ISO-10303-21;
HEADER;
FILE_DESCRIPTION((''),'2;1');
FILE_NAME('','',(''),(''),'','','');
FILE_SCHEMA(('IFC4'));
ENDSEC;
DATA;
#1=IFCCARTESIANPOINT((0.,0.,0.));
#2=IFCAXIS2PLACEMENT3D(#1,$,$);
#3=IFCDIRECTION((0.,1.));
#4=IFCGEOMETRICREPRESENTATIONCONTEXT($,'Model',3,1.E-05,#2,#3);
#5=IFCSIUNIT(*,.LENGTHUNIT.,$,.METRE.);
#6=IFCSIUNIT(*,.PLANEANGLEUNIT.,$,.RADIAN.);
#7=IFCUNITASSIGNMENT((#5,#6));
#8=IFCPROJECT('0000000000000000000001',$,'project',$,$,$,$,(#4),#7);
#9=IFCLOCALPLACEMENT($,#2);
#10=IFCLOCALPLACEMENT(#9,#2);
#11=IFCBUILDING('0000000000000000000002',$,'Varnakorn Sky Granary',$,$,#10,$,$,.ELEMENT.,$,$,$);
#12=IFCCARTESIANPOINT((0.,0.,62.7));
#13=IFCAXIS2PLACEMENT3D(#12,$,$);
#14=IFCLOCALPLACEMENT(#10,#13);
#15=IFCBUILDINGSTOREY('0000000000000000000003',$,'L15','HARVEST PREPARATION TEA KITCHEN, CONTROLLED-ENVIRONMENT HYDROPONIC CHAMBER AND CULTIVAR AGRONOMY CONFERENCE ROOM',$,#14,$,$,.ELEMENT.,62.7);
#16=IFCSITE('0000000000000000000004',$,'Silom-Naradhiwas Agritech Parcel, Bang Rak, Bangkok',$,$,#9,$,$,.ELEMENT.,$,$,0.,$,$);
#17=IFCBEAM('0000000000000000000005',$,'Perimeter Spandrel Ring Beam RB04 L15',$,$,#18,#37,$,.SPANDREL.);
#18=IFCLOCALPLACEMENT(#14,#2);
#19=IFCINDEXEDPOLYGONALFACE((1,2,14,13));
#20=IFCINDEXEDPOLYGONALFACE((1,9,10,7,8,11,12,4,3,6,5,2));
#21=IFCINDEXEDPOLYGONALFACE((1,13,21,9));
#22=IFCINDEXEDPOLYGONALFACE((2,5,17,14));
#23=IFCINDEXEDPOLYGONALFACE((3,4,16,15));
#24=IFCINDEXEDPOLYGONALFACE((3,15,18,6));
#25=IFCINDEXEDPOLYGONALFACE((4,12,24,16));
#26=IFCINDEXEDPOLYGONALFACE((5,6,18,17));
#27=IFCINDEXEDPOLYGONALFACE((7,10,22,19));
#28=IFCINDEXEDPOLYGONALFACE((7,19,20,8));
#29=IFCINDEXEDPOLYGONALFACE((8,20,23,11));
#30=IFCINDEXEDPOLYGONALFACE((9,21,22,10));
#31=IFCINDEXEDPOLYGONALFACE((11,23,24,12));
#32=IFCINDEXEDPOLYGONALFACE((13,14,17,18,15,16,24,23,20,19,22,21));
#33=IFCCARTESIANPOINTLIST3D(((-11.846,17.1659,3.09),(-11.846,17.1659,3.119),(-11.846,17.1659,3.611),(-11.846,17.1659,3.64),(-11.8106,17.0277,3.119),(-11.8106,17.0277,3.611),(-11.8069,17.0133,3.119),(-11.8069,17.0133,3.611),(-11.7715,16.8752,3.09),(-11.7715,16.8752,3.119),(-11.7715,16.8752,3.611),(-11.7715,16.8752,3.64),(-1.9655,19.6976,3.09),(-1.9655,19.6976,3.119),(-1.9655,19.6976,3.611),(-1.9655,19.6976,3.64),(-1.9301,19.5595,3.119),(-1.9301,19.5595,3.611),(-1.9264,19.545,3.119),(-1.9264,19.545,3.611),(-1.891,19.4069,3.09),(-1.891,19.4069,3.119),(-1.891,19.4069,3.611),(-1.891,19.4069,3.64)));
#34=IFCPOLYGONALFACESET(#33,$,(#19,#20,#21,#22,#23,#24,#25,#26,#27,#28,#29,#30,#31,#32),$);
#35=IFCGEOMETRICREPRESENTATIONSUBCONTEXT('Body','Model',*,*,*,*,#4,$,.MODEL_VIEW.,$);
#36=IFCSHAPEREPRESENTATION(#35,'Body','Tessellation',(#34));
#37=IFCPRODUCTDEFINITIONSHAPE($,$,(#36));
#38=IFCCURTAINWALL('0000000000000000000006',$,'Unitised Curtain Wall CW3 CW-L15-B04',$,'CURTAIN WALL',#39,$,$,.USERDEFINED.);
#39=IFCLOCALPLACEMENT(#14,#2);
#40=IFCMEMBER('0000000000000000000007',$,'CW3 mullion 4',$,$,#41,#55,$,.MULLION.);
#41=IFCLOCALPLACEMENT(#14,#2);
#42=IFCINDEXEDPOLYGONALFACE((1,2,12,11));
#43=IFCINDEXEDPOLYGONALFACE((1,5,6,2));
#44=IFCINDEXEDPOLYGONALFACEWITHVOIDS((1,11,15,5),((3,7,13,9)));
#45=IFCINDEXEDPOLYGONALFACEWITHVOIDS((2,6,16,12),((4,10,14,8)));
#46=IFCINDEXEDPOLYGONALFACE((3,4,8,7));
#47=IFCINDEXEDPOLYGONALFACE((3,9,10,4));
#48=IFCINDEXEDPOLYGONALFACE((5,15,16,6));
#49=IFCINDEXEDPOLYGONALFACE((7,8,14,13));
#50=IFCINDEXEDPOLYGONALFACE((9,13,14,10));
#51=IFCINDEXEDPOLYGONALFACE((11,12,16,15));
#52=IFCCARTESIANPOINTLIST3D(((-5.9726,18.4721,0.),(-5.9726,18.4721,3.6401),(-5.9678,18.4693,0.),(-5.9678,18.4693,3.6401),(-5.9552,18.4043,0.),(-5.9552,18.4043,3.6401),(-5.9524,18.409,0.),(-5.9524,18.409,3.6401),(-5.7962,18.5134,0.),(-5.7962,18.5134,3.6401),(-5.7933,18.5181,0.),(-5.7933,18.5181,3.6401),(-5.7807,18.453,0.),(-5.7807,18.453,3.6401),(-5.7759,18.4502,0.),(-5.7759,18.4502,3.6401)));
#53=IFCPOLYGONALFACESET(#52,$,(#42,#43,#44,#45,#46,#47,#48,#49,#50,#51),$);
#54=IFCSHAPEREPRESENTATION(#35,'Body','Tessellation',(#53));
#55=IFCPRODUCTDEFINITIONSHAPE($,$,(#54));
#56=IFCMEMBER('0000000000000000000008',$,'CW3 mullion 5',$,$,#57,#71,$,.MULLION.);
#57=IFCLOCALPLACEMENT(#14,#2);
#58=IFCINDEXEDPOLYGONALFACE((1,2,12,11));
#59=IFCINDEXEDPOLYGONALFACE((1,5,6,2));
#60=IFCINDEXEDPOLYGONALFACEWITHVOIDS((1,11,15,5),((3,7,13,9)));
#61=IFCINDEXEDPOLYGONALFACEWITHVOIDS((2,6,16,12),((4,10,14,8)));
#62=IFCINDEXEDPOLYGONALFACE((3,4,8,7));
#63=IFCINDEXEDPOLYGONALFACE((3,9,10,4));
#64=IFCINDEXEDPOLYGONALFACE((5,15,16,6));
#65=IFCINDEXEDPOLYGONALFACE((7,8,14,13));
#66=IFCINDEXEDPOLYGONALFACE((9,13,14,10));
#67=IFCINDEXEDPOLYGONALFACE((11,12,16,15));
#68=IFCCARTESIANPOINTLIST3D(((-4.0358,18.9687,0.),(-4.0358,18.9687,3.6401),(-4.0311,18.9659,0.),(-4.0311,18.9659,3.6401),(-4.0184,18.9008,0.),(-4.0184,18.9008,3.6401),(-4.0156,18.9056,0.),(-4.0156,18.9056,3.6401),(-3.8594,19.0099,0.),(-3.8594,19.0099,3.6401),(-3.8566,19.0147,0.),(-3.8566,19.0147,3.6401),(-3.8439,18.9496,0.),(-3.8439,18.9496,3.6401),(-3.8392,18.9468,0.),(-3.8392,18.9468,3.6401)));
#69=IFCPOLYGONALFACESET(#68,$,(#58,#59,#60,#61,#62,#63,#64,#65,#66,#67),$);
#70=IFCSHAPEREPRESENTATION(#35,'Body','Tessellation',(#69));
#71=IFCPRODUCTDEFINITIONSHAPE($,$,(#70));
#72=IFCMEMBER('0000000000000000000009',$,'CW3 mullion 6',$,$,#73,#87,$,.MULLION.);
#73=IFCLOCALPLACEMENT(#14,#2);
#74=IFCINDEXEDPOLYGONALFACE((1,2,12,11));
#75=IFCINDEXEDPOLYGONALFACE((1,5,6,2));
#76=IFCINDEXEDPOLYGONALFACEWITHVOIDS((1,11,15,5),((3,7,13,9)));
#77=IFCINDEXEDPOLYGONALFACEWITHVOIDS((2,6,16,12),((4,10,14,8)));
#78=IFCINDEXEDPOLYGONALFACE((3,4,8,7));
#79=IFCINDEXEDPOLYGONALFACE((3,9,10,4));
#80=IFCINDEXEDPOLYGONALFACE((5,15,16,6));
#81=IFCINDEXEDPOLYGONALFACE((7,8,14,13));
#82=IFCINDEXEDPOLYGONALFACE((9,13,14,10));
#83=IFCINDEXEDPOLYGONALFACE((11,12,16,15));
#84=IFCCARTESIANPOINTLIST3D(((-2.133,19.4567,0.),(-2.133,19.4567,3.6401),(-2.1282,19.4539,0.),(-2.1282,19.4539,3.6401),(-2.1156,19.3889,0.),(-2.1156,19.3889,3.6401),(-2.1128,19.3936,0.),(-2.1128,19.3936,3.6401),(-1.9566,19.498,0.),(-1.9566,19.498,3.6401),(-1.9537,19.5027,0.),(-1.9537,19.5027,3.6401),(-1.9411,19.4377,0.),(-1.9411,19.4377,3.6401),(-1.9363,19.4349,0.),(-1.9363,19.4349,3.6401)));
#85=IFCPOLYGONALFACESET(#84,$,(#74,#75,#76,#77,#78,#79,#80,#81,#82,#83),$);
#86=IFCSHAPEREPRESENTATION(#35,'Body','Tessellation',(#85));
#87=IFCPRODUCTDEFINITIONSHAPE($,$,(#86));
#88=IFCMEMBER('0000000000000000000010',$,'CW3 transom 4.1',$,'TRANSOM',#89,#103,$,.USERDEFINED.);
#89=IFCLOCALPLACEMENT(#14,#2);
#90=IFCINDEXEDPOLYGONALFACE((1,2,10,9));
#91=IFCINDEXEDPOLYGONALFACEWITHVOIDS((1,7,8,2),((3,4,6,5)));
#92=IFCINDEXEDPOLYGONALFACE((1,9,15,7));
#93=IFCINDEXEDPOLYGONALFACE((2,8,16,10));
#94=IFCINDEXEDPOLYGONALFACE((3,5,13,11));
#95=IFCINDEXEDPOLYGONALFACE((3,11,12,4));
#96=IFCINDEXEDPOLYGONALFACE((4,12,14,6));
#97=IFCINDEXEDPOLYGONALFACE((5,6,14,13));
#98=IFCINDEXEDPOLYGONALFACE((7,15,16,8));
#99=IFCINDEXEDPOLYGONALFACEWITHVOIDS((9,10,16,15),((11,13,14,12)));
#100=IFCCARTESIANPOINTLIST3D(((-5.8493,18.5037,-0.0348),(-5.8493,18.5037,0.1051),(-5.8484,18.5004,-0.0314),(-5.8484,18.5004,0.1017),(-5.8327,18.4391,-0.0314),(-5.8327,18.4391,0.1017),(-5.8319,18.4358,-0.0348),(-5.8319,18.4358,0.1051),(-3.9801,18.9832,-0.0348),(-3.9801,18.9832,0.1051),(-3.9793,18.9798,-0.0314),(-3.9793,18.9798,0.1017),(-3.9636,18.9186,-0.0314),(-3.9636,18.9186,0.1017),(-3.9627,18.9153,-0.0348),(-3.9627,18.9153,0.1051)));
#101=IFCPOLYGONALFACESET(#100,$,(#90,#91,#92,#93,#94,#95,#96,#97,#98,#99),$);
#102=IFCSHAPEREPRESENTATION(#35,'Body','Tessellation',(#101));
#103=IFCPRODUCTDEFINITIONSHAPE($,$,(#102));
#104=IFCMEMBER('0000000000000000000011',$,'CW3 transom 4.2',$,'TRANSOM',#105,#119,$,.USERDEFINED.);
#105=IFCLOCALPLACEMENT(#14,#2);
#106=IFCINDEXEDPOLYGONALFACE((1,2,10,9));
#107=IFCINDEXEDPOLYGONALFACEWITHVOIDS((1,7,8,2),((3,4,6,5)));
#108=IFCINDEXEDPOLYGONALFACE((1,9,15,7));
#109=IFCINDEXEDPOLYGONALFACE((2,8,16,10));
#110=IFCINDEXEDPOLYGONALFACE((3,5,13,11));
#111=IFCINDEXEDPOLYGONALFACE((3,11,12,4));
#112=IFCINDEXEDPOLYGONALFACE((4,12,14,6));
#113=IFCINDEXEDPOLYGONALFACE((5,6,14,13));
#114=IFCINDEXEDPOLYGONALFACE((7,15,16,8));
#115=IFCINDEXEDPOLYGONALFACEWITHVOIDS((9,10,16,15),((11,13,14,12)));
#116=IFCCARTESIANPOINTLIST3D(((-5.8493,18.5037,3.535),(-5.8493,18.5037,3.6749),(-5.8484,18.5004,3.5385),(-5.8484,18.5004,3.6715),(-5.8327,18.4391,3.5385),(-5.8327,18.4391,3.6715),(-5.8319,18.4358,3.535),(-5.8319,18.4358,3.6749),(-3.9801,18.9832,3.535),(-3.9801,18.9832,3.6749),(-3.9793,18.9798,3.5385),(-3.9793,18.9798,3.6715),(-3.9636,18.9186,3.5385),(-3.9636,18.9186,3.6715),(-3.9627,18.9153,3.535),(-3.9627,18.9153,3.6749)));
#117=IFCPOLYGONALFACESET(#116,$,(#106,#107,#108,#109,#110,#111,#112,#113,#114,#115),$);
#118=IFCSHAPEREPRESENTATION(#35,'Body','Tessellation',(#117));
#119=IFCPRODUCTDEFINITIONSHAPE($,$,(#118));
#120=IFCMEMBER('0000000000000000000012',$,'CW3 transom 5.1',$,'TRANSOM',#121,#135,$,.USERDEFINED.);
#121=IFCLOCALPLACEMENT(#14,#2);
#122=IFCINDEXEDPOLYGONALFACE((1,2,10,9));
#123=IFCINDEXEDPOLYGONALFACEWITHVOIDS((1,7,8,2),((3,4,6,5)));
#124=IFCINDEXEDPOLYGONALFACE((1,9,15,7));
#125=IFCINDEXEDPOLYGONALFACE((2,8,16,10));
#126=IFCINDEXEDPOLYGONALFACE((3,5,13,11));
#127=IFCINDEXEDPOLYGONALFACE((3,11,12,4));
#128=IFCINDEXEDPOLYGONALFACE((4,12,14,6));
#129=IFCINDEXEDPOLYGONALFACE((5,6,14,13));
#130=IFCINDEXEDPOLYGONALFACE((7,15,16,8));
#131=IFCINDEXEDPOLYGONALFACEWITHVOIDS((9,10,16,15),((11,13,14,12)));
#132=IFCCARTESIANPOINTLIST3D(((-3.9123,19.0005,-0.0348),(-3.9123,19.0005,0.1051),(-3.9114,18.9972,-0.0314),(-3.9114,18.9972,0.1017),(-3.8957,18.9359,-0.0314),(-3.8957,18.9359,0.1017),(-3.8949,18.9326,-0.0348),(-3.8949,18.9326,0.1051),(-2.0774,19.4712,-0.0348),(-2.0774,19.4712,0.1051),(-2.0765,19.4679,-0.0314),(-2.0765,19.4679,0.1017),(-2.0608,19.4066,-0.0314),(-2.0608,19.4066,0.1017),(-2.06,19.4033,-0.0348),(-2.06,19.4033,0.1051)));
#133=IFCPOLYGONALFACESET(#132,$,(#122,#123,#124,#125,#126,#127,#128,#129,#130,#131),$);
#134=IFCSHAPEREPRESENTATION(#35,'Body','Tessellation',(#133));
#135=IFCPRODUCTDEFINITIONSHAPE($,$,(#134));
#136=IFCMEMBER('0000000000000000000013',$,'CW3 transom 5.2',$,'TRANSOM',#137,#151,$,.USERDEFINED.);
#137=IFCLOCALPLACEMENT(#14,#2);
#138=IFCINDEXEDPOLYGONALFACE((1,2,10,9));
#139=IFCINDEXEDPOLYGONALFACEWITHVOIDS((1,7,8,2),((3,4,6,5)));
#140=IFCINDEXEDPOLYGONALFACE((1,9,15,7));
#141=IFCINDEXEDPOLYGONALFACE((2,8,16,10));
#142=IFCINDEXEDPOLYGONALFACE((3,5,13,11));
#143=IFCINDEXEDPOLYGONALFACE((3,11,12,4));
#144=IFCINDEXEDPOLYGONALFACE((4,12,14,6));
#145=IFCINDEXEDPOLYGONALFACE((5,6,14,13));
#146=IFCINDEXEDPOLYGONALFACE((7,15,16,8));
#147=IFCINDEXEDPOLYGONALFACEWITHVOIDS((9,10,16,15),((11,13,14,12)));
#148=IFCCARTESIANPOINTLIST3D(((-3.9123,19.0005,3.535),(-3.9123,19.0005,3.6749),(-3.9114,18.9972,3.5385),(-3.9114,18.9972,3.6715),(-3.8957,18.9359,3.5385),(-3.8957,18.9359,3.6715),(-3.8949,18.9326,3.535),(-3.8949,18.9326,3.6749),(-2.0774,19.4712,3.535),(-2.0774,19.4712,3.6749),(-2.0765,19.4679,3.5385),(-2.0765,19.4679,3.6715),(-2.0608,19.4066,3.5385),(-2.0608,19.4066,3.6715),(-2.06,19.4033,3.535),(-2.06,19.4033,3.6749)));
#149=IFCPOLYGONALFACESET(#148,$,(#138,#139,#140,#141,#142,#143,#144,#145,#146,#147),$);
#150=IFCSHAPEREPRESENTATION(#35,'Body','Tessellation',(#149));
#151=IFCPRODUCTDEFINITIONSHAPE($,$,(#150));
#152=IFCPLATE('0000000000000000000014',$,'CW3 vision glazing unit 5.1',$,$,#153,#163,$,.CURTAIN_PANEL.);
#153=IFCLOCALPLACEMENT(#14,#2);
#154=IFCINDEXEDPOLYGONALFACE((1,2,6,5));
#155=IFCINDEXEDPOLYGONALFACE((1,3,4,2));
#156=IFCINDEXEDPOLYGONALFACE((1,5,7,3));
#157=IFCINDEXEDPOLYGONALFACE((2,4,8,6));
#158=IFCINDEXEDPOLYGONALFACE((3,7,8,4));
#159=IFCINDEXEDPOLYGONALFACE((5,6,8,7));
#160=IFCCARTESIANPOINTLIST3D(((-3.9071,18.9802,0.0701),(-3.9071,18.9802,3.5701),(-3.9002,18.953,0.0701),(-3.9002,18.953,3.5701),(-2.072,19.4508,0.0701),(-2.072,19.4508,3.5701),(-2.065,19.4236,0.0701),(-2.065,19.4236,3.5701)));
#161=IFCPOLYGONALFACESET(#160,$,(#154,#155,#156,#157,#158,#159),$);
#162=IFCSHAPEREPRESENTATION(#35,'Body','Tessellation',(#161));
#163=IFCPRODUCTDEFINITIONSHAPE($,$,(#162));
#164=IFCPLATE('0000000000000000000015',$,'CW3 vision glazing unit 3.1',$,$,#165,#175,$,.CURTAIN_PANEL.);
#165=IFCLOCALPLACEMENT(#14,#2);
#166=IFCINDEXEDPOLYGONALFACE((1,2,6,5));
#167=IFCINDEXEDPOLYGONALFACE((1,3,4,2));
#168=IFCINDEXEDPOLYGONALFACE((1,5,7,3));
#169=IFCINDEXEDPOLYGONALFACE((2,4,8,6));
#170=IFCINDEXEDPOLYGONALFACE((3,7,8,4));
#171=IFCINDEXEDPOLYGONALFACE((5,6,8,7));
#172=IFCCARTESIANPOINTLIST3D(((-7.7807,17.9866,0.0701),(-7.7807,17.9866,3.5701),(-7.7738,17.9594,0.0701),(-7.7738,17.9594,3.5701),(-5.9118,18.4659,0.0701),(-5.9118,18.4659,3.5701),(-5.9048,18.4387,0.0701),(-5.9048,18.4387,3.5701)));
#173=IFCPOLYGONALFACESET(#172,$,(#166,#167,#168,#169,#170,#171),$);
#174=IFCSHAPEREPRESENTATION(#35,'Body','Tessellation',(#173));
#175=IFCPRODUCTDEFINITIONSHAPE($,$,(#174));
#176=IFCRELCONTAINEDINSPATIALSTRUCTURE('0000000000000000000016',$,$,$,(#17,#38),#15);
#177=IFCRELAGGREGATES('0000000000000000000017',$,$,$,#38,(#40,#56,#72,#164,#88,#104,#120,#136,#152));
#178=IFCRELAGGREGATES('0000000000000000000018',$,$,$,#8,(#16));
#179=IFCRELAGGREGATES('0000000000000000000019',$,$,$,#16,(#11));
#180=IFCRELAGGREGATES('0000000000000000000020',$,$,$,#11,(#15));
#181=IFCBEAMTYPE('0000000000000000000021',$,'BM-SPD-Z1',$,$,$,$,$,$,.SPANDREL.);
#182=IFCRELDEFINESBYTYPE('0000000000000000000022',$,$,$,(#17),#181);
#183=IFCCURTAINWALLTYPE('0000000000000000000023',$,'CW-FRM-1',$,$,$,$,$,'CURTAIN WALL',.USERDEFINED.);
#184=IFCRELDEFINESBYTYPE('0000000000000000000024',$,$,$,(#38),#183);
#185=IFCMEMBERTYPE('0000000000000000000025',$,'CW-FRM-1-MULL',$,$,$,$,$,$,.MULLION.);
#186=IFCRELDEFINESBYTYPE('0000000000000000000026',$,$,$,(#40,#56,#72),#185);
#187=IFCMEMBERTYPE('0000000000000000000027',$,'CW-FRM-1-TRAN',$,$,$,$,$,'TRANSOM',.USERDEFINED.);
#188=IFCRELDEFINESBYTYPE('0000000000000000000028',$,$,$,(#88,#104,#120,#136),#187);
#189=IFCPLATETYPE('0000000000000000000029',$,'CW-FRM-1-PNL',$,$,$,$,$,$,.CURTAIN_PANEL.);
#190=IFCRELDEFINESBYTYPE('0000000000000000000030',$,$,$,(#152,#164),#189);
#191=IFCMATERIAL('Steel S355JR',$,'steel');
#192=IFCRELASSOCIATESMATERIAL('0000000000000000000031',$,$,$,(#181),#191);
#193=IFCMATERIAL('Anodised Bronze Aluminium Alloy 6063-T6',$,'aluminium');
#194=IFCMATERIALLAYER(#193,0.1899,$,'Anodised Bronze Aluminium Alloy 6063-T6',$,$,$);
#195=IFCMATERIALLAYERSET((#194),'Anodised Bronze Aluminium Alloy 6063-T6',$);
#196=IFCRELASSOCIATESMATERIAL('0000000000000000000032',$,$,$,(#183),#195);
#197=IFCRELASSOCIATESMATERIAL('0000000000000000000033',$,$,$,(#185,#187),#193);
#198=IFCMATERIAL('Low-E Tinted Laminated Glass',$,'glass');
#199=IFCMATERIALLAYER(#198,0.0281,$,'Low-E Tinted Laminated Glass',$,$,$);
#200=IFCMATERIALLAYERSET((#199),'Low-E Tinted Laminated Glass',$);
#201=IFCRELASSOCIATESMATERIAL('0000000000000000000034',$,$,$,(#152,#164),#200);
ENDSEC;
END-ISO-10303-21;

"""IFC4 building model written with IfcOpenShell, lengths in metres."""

from ifc_helpers import new_model, si_unit, direction, frame, origin, origin_2d, place, context, subcontext, project, spatial, rectangle, hollow_rectangle, i_section, extrude, source, transform, mapped, material, layer, layer_set, material_profile, profile_set, type_object, type_shapes, element, aggregate, save


model = new_model("IFC4")

# Units and contexts
model_context = context("Model", 3, precision=1e-05, world=origin(), true_north=direction((0.0, 1.0)))
body_context = subcontext(model_context, "Body", "Model", "MODEL_VIEW")
ifc_project = project(units=[si_unit("LENGTHUNIT", "METRE"), si_unit("PLANEANGLEUNIT", "RADIAN")], contexts=[model_context])

# Site, building, storey
site_placement = place(None, origin())
site = spatial("IfcSite", under=ifc_project, at=site_placement, Name="Silom-Naradhiwas Agritech Parcel, Bang Rak, Bangkok", CompositionType="ELEMENT", RefElevation=0.0)
building_placement = place(site_placement, origin())
building = spatial("IfcBuilding", under=site, at=building_placement, Name="Varnakorn Sky Granary", CompositionType="ELEMENT")
storey_placement = place(building_placement, frame((0.0, 0.0, 62.7)))
storey = spatial("IfcBuildingStorey", under=building, at=storey_placement, Name="L15", Description="HARVEST PREPARATION TEA KITCHEN, CONTROLLED-ENVIRONMENT HYDROPONIC CHAMBER AND CULTIVAR AGRONOMY CONFERENCE ROOM", CompositionType="ELEMENT", Elevation=62.7)

# Beam
ifc_material_1 = material(Name="Steel S355JR", Category="steel")
ifc_material_profile_1 = material_profile(ifc_material_1, i_section(OverallWidth=0.3, OverallDepth=0.55, WebThickness=0.0149, FlangeThickness=0.0291, at=origin_2d()), Name="HE 550 B")
ifc_profile_set_1 = profile_set([ifc_material_profile_1], Name="Steel S355JR")
beam_type_1 = type_object("IfcBeamType", Name="BM-SPD-Z1", PredefinedType="SPANDREL", material=ifc_profile_set_1)
beam_1_placement = place(storey_placement, frame((-1.9282, 19.5522, 3.365), z_axis=(-0.968705, -0.248214, 0.0), x_axis=(0.248214, -0.968705, 0.0)))
element("IfcBeam", 1, at=beam_1_placement, inside=storey, type_object=beam_type_1, Name="Perimeter Spandrel Ring Beam RB04 L15", PredefinedType="SPANDREL", context=body_context, shape_type="SweptSolid", body=[
    extrude(i_section(OverallWidth=0.3, OverallDepth=0.55, WebThickness=0.0149, FlangeThickness=0.0291, at=origin_2d()), origin(), (0.0, 0.0, 1.0), 10.1997),
])

# Curtain wall, members, plates
ifc_material_2 = material(Name="Anodised Bronze Aluminium Alloy 6063-T6", Category="aluminium")
ifc_layer_1 = layer(ifc_material_2, 0.1899, Name="Anodised Bronze Aluminium Alloy 6063-T6")
ifc_layer_set_1 = layer_set([ifc_layer_1], Name="Anodised Bronze Aluminium Alloy 6063-T6")
curtain_wall_type = type_object("IfcCurtainWallType", Name="CW-FRM-1", ElementType="CURTAIN WALL", PredefinedType="USERDEFINED", material=ifc_layer_set_1)
curtain_wall_placement = place(storey_placement, origin())
curtain_wall = element("IfcCurtainWall", 2, at=curtain_wall_placement, inside=storey, type_object=curtain_wall_type, Name="Unitised Curtain Wall CW3 CW-L15-B04", ObjectType="CURTAIN WALL", PredefinedType="USERDEFINED")
ifc_material_profile_2 = material_profile(ifc_material_2, hollow_rectangle(XDim=0.0701, YDim=0.1851, WallThickness=0.0039, at=origin_2d()), Name="ALU MULL 70x185")
ifc_profile_set_2 = profile_set([ifc_material_profile_2], Name="Anodised Bronze Aluminium Alloy 6063-T6")
member_type_1 = type_object("IfcMemberType", Name="CW-FRM-1-MULL", PredefinedType="MULLION", material=ifc_profile_set_2)
member_1_placement = place(storey_placement, frame((-5.8743, 18.4612, 0.0), z_axis=(0.0, 0.0, 1.0), x_axis=(-0.248436, 0.968648, 0.0)))
member_1 = element("IfcMember", 3, at=member_1_placement, type_object=member_type_1, Name="CW3 mullion 4", PredefinedType="MULLION", context=body_context, shape_type="SweptSolid", body=[
    extrude(hollow_rectangle(XDim=0.0701, YDim=0.1851, WallThickness=0.0039, at=origin_2d()), origin(), (0.0, 0.0, 1.0), 3.6401),
])
member_2_placement = place(storey_placement, frame((-3.9375, 18.9578, 0.0), z_axis=(0.0, 0.0, 1.0), x_axis=(-0.248436, 0.968648, 0.0)))
member_2 = element("IfcMember", 4, at=member_2_placement, type_object=member_type_1, Name="CW3 mullion 5", PredefinedType="MULLION", context=body_context, shape_type="SweptSolid", body=[
    extrude(hollow_rectangle(XDim=0.0701, YDim=0.1851, WallThickness=0.0039, at=origin_2d()), origin(), (0.0, 0.0, 1.0), 3.6401),
])
member_3_placement = place(storey_placement, frame((-2.0347, 19.4458, 0.0), z_axis=(0.0, 0.0, 1.0), x_axis=(-0.248436, 0.968648, 0.0)))
member_3 = element("IfcMember", 5, at=member_3_placement, type_object=member_type_1, Name="CW3 mullion 6", PredefinedType="MULLION", context=body_context, shape_type="SweptSolid", body=[
    extrude(hollow_rectangle(XDim=0.0701, YDim=0.1851, WallThickness=0.0039, at=origin_2d()), origin(), (0.0, 0.0, 1.0), 3.6401),
])
ifc_material_profile_3 = material_profile(ifc_material_2, hollow_rectangle(XDim=0.0701, YDim=0.1399, WallThickness=0.0034, at=origin_2d()), Name="ALU TRAN 70x140")
ifc_profile_set_3 = profile_set([ifc_material_profile_3], Name="Anodised Bronze Aluminium Alloy 6063-T6")
member_type_2 = type_object("IfcMemberType", Name="CW-FRM-1-TRAN", ElementType="TRANSOM", PredefinedType="USERDEFINED", material=ifc_profile_set_3)
member_4_placement = place(storey_placement, frame((-5.8406, 18.4697, 0.0352), z_axis=(0.968636, 0.248485, 0.0), x_axis=(-0.248485, 0.968636, 0.0)))
member_4 = element("IfcMember", 6, at=member_4_placement, type_object=member_type_2, Name="CW3 transom 4.1", ObjectType="TRANSOM", PredefinedType="USERDEFINED", context=body_context, shape_type="SweptSolid", body=[
    extrude(hollow_rectangle(XDim=0.0701, YDim=0.1399, WallThickness=0.0034, at=origin_2d()), origin(), (0.0, 0.0, 1.0), 1.9297),
])
member_5_placement = place(storey_placement, frame((-5.8406, 18.4697, 3.605), z_axis=(0.968636, 0.248485, 0.0), x_axis=(-0.248485, 0.968636, 0.0)))
member_5 = element("IfcMember", 7, at=member_5_placement, type_object=member_type_2, Name="CW3 transom 4.2", ObjectType="TRANSOM", PredefinedType="USERDEFINED", context=body_context, shape_type="SweptSolid", body=[
    extrude(hollow_rectangle(XDim=0.0701, YDim=0.1399, WallThickness=0.0034, at=origin_2d()), origin(), (0.0, 0.0, 1.0), 1.9297),
])
member_6_placement = place(storey_placement, frame((-3.9036, 18.9666, 0.0352), z_axis=(0.968638, 0.248475, 0.0), x_axis=(-0.248475, 0.968638, 0.0)))
member_6 = element("IfcMember", 8, at=member_6_placement, type_object=member_type_2, Name="CW3 transom 5.1", ObjectType="TRANSOM", PredefinedType="USERDEFINED", context=body_context, shape_type="SweptSolid", body=[
    extrude(hollow_rectangle(XDim=0.0701, YDim=0.1399, WallThickness=0.0034, at=origin_2d()), origin(), (0.0, 0.0, 1.0), 1.8943),
])
member_7_placement = place(storey_placement, frame((-3.9036, 18.9666, 3.605), z_axis=(0.968638, 0.248475, 0.0), x_axis=(-0.248475, 0.968638, 0.0)))
member_7 = element("IfcMember", 9, at=member_7_placement, type_object=member_type_2, Name="CW3 transom 5.2", ObjectType="TRANSOM", PredefinedType="USERDEFINED", context=body_context, shape_type="SweptSolid", body=[
    extrude(hollow_rectangle(XDim=0.0701, YDim=0.1399, WallThickness=0.0034, at=origin_2d()), origin(), (0.0, 0.0, 1.0), 1.8943),
])
ifc_material_3 = material(Name="Low-E Tinted Laminated Glass", Category="glass")
ifc_layer_2 = layer(ifc_material_3, 0.0281, Name="Low-E Tinted Laminated Glass")
ifc_layer_set_2 = layer_set([ifc_layer_2], Name="Low-E Tinted Laminated Glass")
plate_type = type_object("IfcPlateType", Name="CW-FRM-1-PNL", PredefinedType="CURTAIN_PANEL")
shared_shape_1 = source(origin(), body_context, "Body", "SweptSolid", [
    extrude(rectangle(XDim=1.8945, YDim=0.0281, at=origin_2d()), origin(), (0.0, 0.0, 1.0), 3.5),
])
plate_1_placement = place(storey_placement, frame((-2.9861, 19.2019, 0.0701), z_axis=(0.0, 0.0, 1.0), x_axis=(0.968648, 0.248436, 0.0)))
plate_1 = element("IfcPlate", 10, at=plate_1_placement, type_object=plate_type, material=ifc_layer_set_2, Name="CW3 vision glazing unit 5.1", PredefinedType="CURTAIN_PANEL", context=body_context, shape_type="MappedRepresentation", body=[
    mapped(shared_shape_1, transform((0.0, 0.0, 0.0), x_axis=(1.0, 0.0, 0.0), y_axis=(0.0, 1.0, 0.0), z_axis=(0.0, 0.0, 1.0), scale=1.0)),
])
shared_shape_2 = source(origin(), body_context, "Body", "SweptSolid", [
    extrude(rectangle(XDim=1.9294, YDim=0.0281, at=origin_2d()), origin(), (0.0, 0.0, 1.0), 3.5),
])
type_shapes(plate_type, [shared_shape_1, shared_shape_2])
plate_2_placement = place(storey_placement, frame((-6.8428, 18.2126, 0.0701), z_axis=(0.0, 0.0, 1.0), x_axis=(0.968648, 0.248436, 0.0)))
plate_2 = element("IfcPlate", 11, at=plate_2_placement, type_object=plate_type, material=ifc_layer_set_2, Name="CW3 vision glazing unit 3.1", PredefinedType="CURTAIN_PANEL", context=body_context, shape_type="MappedRepresentation", body=[
    mapped(shared_shape_2, transform((0.0, 0.0, 0.0), x_axis=(1.0, 0.0, 0.0), y_axis=(0.0, 1.0, 0.0), z_axis=(0.0, 0.0, 1.0), scale=1.0)),
])
aggregate(curtain_wall, [member_1, member_2, member_3, plate_2, member_4, member_5, member_6, member_7, plate_1])

save(model, "model.ifc")
